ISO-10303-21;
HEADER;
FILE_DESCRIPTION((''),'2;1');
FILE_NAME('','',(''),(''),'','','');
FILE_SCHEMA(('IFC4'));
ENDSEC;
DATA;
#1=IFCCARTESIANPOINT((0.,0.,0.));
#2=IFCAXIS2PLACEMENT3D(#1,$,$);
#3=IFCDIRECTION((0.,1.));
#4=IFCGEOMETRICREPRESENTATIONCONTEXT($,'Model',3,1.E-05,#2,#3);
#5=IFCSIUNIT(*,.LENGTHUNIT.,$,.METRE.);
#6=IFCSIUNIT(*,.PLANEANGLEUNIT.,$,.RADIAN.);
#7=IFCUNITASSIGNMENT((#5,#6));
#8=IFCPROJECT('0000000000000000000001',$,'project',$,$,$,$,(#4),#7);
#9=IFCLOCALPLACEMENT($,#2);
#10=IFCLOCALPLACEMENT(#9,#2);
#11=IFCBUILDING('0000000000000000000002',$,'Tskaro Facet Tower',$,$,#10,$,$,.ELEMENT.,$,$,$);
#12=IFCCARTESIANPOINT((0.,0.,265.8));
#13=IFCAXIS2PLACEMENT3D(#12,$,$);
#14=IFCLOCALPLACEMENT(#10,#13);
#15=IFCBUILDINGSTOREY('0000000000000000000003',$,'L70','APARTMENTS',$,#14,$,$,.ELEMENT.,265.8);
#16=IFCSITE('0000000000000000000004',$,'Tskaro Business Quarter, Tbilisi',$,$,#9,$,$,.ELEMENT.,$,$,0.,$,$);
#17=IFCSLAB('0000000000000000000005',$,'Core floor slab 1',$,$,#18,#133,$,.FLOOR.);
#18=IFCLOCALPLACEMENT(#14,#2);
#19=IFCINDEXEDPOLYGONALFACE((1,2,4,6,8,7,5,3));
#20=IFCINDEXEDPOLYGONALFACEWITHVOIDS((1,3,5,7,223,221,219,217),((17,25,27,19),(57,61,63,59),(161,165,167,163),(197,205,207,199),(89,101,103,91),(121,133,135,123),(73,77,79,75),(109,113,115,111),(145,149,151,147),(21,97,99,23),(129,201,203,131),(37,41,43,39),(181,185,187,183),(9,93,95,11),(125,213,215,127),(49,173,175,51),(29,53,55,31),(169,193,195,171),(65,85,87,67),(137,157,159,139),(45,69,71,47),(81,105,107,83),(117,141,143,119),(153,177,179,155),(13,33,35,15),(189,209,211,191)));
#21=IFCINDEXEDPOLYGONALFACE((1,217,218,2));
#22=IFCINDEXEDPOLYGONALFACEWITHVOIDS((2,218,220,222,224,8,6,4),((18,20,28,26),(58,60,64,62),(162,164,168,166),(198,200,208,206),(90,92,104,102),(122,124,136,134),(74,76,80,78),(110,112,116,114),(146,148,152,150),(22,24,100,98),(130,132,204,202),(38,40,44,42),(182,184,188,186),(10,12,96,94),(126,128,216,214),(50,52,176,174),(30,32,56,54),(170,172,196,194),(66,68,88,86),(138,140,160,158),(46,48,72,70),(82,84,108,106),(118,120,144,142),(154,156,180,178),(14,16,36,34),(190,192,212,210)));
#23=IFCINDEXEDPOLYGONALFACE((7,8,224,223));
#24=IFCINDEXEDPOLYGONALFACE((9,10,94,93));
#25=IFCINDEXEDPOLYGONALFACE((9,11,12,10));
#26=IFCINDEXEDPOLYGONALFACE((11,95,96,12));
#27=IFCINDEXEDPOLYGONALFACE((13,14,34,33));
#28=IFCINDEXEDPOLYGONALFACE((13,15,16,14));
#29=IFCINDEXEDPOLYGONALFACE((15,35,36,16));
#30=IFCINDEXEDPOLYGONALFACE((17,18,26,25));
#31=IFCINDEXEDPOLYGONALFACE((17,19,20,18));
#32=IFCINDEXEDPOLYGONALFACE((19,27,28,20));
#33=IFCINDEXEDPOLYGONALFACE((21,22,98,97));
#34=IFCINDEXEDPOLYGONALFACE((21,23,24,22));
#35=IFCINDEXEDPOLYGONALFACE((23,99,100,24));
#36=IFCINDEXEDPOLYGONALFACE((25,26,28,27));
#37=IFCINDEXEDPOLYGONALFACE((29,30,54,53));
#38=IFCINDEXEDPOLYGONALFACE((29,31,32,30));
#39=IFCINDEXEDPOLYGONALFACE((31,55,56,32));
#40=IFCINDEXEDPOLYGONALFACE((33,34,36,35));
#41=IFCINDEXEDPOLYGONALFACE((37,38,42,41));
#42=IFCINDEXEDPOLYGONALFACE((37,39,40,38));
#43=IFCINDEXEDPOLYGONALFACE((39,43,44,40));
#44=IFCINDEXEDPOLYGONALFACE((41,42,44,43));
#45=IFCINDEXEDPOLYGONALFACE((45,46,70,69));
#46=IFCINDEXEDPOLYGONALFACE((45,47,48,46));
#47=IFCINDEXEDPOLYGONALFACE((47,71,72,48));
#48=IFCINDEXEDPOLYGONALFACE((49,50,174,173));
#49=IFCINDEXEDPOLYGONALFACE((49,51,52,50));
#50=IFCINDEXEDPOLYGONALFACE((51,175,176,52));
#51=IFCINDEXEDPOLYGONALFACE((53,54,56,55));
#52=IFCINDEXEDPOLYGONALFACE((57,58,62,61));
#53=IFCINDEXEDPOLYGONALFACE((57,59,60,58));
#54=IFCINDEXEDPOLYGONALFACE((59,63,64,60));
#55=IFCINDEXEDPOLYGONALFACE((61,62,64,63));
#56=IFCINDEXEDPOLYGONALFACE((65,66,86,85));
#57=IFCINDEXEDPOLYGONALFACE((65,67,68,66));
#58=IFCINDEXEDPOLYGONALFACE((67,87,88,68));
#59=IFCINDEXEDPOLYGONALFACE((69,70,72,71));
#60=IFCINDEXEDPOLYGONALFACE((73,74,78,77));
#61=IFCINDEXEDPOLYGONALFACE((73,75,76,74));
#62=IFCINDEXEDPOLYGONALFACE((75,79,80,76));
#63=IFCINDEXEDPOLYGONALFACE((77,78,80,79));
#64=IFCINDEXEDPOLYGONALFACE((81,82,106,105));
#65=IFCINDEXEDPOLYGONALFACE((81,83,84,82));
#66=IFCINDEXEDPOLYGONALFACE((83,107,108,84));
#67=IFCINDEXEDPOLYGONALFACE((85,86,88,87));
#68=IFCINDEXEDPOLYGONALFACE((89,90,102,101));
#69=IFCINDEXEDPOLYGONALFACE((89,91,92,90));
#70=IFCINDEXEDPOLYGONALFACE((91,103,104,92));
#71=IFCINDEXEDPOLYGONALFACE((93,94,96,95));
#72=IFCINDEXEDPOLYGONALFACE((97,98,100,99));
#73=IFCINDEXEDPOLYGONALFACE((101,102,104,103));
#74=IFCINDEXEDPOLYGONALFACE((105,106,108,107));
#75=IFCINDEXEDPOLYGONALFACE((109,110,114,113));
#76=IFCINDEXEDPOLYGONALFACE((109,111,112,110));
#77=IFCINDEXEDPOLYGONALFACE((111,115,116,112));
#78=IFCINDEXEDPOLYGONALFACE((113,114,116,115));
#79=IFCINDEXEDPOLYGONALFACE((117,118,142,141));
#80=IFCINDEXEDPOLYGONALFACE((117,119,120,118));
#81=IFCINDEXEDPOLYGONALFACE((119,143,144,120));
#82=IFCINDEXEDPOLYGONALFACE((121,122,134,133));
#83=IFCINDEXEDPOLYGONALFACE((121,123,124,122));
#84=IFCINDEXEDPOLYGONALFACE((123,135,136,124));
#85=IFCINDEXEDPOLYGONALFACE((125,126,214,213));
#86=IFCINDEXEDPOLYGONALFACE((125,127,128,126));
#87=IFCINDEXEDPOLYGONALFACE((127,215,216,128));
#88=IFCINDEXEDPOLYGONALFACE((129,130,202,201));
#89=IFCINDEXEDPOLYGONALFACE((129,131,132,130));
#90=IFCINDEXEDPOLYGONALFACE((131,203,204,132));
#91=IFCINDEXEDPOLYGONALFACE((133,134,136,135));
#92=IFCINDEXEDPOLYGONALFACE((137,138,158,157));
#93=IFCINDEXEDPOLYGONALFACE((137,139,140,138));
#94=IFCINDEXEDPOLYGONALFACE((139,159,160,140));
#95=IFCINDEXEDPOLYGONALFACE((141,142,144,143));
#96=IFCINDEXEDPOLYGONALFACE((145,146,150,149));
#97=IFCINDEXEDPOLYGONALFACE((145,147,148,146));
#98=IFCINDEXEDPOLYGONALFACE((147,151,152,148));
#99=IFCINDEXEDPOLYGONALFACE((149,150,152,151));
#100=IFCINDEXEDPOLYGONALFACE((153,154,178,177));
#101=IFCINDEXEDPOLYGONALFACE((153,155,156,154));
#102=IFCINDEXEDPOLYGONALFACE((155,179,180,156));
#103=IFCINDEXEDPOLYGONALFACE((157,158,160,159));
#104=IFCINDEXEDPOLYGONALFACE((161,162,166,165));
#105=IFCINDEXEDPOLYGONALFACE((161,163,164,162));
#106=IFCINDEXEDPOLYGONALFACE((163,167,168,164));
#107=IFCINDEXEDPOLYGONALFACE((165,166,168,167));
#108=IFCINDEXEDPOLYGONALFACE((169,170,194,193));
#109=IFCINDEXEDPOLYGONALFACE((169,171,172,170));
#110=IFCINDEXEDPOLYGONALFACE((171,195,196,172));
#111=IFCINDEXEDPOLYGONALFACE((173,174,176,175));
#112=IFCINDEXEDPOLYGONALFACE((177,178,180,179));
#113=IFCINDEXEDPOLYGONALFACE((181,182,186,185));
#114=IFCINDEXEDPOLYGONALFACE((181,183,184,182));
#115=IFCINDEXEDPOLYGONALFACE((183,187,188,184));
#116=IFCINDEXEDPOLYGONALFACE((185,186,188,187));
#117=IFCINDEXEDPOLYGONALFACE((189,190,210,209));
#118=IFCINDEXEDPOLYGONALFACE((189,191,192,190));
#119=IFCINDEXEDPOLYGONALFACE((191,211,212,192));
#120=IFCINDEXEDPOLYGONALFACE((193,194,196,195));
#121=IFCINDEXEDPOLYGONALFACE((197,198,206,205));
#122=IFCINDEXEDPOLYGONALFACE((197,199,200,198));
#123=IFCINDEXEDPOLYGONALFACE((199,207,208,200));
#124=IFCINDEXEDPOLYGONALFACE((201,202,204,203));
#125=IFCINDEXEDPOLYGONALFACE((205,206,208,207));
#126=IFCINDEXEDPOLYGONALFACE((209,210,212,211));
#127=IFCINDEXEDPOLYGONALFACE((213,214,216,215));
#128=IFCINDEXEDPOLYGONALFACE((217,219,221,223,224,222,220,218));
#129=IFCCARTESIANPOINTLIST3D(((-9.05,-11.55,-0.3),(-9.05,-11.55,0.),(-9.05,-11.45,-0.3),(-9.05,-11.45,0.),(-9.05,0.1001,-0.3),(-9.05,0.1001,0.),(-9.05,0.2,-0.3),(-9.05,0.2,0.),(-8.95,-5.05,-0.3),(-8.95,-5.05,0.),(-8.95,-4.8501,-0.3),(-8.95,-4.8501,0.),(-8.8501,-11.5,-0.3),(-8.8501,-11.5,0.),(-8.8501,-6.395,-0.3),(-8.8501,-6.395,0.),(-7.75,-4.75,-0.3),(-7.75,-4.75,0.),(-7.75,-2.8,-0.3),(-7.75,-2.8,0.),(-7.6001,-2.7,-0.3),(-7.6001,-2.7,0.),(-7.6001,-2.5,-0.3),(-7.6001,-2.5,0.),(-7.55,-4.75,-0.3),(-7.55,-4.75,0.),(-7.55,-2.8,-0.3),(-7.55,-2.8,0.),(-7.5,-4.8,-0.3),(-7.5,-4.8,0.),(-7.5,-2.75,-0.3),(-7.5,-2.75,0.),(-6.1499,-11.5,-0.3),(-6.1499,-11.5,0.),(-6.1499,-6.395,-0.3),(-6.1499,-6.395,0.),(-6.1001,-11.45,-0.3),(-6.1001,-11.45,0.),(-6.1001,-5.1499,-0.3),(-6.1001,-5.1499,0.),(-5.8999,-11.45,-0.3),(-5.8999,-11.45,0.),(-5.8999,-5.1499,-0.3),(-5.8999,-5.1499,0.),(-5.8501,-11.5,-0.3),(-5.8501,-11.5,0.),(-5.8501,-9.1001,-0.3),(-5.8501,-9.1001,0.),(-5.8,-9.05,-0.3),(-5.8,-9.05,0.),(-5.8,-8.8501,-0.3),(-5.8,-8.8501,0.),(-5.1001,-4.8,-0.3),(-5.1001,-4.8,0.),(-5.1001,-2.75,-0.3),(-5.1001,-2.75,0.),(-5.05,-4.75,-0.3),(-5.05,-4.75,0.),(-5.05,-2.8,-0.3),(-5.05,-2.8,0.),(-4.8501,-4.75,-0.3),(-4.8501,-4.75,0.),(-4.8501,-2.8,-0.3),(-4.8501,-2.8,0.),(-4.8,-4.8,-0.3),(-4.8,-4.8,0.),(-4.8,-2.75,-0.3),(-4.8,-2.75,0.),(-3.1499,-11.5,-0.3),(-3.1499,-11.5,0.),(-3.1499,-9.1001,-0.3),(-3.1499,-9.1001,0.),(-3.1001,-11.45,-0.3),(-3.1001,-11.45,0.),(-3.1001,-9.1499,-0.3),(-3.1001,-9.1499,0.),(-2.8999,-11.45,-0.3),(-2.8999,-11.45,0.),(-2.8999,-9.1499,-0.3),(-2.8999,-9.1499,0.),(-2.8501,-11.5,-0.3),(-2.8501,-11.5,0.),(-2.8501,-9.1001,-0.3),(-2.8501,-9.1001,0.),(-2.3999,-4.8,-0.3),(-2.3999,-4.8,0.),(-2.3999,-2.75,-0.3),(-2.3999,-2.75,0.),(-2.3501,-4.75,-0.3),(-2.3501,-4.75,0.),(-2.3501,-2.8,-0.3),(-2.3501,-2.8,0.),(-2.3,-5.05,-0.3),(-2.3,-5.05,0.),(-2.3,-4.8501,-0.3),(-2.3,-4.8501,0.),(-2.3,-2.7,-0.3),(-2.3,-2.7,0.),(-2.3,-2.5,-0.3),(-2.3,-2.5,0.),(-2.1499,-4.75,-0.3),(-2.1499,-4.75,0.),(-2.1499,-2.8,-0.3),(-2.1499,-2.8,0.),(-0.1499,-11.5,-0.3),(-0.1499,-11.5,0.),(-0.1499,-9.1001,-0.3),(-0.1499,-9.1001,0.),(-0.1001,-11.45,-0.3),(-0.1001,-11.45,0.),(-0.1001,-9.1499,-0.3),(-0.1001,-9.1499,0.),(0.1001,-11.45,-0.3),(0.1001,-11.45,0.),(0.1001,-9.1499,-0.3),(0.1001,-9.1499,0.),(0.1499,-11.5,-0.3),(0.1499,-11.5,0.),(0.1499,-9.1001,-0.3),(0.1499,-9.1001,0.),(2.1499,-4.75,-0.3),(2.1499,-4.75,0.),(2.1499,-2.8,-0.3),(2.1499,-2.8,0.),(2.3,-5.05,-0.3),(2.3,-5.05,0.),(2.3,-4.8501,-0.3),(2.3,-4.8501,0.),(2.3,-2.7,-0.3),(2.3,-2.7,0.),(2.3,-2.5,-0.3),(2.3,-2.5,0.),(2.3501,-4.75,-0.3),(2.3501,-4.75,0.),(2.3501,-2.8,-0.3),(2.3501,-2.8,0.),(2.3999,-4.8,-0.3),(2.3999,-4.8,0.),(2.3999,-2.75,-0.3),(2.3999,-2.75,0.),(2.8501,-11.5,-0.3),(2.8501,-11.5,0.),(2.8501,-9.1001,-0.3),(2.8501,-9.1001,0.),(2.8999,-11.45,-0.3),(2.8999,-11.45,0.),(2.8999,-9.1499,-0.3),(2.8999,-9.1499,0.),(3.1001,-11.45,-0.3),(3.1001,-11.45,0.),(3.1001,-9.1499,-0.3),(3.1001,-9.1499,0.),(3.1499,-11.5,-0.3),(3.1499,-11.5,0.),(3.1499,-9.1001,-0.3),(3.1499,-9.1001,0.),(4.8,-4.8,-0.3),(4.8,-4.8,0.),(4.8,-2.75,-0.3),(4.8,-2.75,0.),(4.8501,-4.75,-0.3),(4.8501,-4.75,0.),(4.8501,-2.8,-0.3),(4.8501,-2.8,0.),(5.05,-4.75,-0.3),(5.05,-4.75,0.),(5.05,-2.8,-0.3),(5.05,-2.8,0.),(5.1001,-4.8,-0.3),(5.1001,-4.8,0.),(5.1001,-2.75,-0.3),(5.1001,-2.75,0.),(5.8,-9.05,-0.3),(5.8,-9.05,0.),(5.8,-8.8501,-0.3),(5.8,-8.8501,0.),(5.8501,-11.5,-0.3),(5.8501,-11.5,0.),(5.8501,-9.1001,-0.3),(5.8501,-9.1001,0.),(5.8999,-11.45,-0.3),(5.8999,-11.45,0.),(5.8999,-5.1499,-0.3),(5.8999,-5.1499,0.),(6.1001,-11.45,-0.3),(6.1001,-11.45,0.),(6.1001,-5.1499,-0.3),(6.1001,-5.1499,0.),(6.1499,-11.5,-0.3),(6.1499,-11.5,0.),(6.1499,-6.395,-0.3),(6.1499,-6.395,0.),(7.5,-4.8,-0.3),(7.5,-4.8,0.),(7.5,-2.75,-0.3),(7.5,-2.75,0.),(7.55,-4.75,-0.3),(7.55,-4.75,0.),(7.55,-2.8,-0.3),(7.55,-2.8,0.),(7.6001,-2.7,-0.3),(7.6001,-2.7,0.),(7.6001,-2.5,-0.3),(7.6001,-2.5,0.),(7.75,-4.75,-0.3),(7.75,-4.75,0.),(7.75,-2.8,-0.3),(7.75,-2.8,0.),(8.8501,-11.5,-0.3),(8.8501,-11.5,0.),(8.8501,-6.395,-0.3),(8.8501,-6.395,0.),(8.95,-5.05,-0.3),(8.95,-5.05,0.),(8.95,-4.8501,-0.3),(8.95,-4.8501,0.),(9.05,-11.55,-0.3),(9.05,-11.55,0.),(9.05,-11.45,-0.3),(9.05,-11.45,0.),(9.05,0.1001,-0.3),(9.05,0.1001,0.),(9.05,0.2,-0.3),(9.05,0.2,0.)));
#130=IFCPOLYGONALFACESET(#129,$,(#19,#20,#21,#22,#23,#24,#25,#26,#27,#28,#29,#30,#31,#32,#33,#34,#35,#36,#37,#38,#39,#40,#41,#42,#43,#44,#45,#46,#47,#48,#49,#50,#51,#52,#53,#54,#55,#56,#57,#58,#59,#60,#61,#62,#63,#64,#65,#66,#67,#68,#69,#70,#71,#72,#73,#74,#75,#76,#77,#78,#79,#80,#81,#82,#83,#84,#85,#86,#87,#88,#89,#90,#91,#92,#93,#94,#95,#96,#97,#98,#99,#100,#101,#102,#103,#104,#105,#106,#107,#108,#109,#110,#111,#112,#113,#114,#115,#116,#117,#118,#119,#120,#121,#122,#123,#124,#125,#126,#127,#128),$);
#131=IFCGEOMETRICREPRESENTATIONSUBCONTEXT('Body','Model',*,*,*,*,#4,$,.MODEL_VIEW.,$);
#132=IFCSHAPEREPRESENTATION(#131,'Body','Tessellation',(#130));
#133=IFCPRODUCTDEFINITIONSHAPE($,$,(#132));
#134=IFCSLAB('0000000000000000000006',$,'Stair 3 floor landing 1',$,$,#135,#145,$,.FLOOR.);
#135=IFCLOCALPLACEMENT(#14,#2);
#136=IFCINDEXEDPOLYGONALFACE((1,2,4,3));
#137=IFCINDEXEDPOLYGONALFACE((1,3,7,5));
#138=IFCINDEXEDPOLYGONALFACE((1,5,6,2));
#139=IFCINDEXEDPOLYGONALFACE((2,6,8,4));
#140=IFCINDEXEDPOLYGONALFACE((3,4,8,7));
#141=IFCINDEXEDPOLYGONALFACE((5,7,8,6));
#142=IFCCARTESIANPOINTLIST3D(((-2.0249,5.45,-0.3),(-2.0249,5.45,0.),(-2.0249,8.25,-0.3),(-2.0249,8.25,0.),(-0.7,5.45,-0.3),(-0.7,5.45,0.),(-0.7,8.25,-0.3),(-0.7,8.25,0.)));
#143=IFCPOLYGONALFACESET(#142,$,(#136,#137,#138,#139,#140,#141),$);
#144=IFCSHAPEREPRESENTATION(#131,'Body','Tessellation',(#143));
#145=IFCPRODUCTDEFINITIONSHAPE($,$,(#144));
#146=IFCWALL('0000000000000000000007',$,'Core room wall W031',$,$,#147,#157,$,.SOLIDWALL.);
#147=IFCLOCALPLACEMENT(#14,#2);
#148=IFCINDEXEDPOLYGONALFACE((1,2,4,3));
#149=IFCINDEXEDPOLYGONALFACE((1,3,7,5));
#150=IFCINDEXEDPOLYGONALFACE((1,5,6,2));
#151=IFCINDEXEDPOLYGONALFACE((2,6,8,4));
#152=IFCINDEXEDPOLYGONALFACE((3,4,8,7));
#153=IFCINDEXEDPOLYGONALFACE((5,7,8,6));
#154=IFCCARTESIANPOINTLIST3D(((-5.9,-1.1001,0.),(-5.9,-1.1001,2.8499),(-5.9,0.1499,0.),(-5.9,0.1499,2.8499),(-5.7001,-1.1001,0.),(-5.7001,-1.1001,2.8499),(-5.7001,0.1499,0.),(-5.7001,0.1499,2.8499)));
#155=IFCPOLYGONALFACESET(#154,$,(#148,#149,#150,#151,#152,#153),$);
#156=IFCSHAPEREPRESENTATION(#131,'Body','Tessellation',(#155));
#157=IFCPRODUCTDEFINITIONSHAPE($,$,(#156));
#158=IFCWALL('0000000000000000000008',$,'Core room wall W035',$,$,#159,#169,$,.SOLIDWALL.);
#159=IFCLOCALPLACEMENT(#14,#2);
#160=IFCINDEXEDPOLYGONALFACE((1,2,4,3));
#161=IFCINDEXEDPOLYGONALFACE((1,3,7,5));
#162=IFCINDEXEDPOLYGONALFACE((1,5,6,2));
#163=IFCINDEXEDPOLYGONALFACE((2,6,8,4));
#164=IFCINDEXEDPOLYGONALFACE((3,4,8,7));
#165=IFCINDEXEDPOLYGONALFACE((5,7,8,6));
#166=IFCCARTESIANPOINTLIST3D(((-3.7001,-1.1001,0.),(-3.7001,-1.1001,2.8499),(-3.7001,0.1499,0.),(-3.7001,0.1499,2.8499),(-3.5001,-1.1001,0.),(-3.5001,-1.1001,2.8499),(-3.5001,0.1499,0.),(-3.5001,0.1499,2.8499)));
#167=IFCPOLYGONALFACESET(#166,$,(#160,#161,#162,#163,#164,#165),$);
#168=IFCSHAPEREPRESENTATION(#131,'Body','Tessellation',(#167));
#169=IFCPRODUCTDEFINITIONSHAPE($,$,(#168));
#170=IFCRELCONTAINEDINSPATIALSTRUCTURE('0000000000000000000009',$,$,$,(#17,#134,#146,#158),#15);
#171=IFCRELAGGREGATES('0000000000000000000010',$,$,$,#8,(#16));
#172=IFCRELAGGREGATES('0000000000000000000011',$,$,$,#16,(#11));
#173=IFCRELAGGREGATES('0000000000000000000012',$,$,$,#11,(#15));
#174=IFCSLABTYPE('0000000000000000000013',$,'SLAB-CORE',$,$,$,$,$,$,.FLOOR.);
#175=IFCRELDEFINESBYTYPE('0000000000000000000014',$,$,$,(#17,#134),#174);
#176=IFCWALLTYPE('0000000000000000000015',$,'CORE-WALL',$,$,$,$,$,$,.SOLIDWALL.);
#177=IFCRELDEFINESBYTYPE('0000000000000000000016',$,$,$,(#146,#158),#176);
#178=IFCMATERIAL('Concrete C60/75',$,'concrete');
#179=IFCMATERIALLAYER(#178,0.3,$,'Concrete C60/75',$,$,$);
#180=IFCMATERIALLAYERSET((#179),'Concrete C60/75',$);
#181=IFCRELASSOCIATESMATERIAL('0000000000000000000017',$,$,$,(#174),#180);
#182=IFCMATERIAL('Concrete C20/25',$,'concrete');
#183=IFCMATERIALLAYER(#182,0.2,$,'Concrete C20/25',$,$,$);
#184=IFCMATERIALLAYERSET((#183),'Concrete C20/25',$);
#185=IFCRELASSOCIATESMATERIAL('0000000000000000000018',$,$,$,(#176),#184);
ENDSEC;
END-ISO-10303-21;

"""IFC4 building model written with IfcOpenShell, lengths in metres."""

from ifc_helpers import new_model, si_unit, direction, frame, frame_2d, origin, place, context, subcontext, project, spatial, polyline, rectangle, outline, extrude, material, layer, layer_set, type_object, element, save


model = new_model("IFC4")

# Units and contexts
model_context = context("Model", 3, precision=1e-05, world=origin(), true_north=direction((0.0, 1.0)))
body_context = subcontext(model_context, "Body", "Model", "MODEL_VIEW")
ifc_project = project(units=[si_unit("LENGTHUNIT", "METRE"), si_unit("PLANEANGLEUNIT", "RADIAN")], contexts=[model_context])

# Site, building, storey
site_placement = place(None, origin())
site = spatial("IfcSite", under=ifc_project, at=site_placement, Name="Tskaro Business Quarter, Tbilisi", CompositionType="ELEMENT", RefElevation=0.0)
building_placement = place(site_placement, origin())
building = spatial("IfcBuilding", under=site, at=building_placement, Name="Tskaro Facet Tower", CompositionType="ELEMENT")
storey_placement = place(building_placement, frame((0.0, 0.0, 265.8)))
storey = spatial("IfcBuildingStorey", under=building, at=storey_placement, Name="L70", Description="APARTMENTS", CompositionType="ELEMENT", Elevation=265.8)

# Slabs
ifc_material_1 = material(Name="Concrete C60/75", Category="concrete")
ifc_layer_1 = layer(ifc_material_1, 0.3, Name="Concrete C60/75")
ifc_layer_set_1 = layer_set([ifc_layer_1], Name="Concrete C60/75")
slab_type_1 = type_object("IfcSlabType", Name="SLAB-CORE", PredefinedType="FLOOR", material=ifc_layer_set_1)
slab_1_placement = place(storey_placement, frame((0.0, 0.0, -0.3)))
element("IfcSlab", 1, at=slab_1_placement, inside=storey, type_object=slab_type_1, Name="Core floor slab 1", PredefinedType="FLOOR", context=body_context, shape_type="SweptSolid", body=[
    extrude(outline(polyline([(-9.05, 0.2), (9.05, 0.2), (9.05, 0.1001), (9.05, -11.45), (9.05, -11.55), (-9.05, -11.55), (-9.05, -11.45), (-9.05, 0.1001), (-9.05, 0.2)]), holes=[polyline([(-5.8501, -9.1001), (-5.8501, -11.5), (-3.1499, -11.5), (-3.1499, -9.1001), (-5.8501, -9.1001)]), polyline([(-3.1001, -11.45), (-2.8999, -11.45), (-2.8999, -9.1499), (-3.1001, -9.1499), (-3.1001, -11.45)]), polyline([(-2.8501, -9.1001), (-2.8501, -11.5), (-0.1499, -11.5), (-0.1499, -9.1001), (-2.8501, -9.1001)]), polyline([(-6.1001, -11.45), (-5.8999, -11.45), (-5.8999, -5.1499), (-6.1001, -5.1499), (-6.1001, -11.45)]), polyline([(-8.95, -5.05), (-2.3, -5.05), (-2.3, -4.8501), (-8.95, -4.8501), (-8.95, -5.05)]), polyline([(-7.75, -4.75), (-7.55, -4.75), (-7.55, -2.8), (-7.75, -2.8), (-7.75, -4.75)]), polyline([(-5.1001, -2.75), (-7.5, -2.75), (-7.5, -4.8), (-5.1001, -4.8), (-5.1001, -2.75)]), polyline([(-5.05, -4.75), (-4.8501, -4.75), (-4.8501, -2.8), (-5.05, -2.8), (-5.05, -4.75)]), polyline([(-2.3999, -2.75), (-4.8, -2.75), (-4.8, -4.8), (-2.3999, -4.8), (-2.3999, -2.75)]), polyline([(-2.3501, -4.75), (-2.1499, -4.75), (-2.1499, -2.8), (-2.3501, -2.8), (-2.3501, -4.75)]), polyline([(-7.6001, -2.7), (-2.3, -2.7), (-2.3, -2.5), (-7.6001, -2.5), (-7.6001, -2.7)]), polyline([(-0.1001, -11.45), (0.1001, -11.45), (0.1001, -9.1499), (-0.1001, -9.1499), (-0.1001, -11.45)]), polyline([(0.1499, -9.1001), (0.1499, -11.5), (2.8501, -11.5), (2.8501, -9.1001), (0.1499, -9.1001)]), polyline([(2.8999, -11.45), (3.1001, -11.45), (3.1001, -9.1499), (2.8999, -9.1499), (2.8999, -11.45)]), polyline([(3.1499, -9.1001), (3.1499, -11.5), (5.8501, -11.5), (5.8501, -9.1001), (3.1499, -9.1001)]), polyline([(-5.8, -9.05), (5.8, -9.05), (5.8, -8.8501), (-5.8, -8.8501), (-5.8, -9.05)]), polyline([(5.8999, -11.45), (6.1001, -11.45), (6.1001, -5.1499), (5.8999, -5.1499), (5.8999, -11.45)]), polyline([(2.3, -5.05), (8.95, -5.05), (8.95, -4.8501), (2.3, -4.8501), (2.3, -5.05)]), polyline([(2.1499, -4.75), (2.3501, -4.75), (2.3501, -2.8), (2.1499, -2.8), (2.1499, -4.75)]), polyline([(4.8, -2.75), (2.3999, -2.75), (2.3999, -4.8), (4.8, -4.8), (4.8, -2.75)]), polyline([(4.8501, -4.75), (5.05, -4.75), (5.05, -2.8), (4.8501, -2.8), (4.8501, -4.75)]), polyline([(7.5, -2.75), (5.1001, -2.75), (5.1001, -4.8), (7.5, -4.8), (7.5, -2.75)]), polyline([(7.55, -4.75), (7.75, -4.75), (7.75, -2.8), (7.55, -2.8), (7.55, -4.75)]), polyline([(2.3, -2.7), (7.6001, -2.7), (7.6001, -2.5), (2.3, -2.5), (2.3, -2.7)]), polyline([(-8.8501, -11.5), (-6.1499, -11.5), (-6.1499, -6.395), (-8.8501, -6.395), (-8.8501, -11.5)]), polyline([(6.1499, -6.395), (6.1499, -11.5), (8.8501, -11.5), (8.8501, -6.395), (6.1499, -6.395)])]), origin(), (0.0, 0.0, 1.0), 0.3),
])
slab_2_placement = place(storey_placement, frame((0.0, 0.0, -0.3)))
element("IfcSlab", 2, at=slab_2_placement, inside=storey, type_object=slab_type_1, Name="Stair 3 floor landing 1", PredefinedType="FLOOR", context=body_context, shape_type="SweptSolid", body=[
    extrude(outline(polyline([(-2.0249, 5.45), (-0.7, 5.45), (-0.7, 8.25), (-2.0249, 8.25), (-2.0249, 5.45)])), origin(), (0.0, 0.0, 1.0), 0.3),
])

# Walls
ifc_material_2 = material(Name="Concrete C20/25", Category="concrete")
ifc_layer_2 = layer(ifc_material_2, 0.2, Name="Concrete C20/25")
ifc_layer_set_2 = layer_set([ifc_layer_2], Name="Concrete C20/25")
wall_type_1 = type_object("IfcWallType", Name="CORE-WALL", PredefinedType="SOLIDWALL", material=ifc_layer_set_2)
for number, where, z_axis, x_axis, name in (
    (3, (-5.8, -1.1001, 0.0), (0.0, 0.0, 1.0), (0.0, 1.0, 0.0), "Core room wall W031"),
    (4, (-3.6001, -1.1001, 0.0), (0.0, 0.0, 1.0), (0.0, 1.0, 0.0), "Core room wall W035"),
):
    element("IfcWall", number, at=place(storey_placement, frame(where, z_axis=z_axis, x_axis=x_axis)), inside=storey, type_object=wall_type_1, Name=name, PredefinedType="SOLIDWALL", context=body_context, shape_type="SweptSolid", body=[
        extrude(rectangle(XDim=1.25, YDim=0.2, at=frame_2d((0.625, 0.0))), origin(), (0.0, 0.0, 1.0), 2.8499),
    ])

save(model, "model.ifc")
